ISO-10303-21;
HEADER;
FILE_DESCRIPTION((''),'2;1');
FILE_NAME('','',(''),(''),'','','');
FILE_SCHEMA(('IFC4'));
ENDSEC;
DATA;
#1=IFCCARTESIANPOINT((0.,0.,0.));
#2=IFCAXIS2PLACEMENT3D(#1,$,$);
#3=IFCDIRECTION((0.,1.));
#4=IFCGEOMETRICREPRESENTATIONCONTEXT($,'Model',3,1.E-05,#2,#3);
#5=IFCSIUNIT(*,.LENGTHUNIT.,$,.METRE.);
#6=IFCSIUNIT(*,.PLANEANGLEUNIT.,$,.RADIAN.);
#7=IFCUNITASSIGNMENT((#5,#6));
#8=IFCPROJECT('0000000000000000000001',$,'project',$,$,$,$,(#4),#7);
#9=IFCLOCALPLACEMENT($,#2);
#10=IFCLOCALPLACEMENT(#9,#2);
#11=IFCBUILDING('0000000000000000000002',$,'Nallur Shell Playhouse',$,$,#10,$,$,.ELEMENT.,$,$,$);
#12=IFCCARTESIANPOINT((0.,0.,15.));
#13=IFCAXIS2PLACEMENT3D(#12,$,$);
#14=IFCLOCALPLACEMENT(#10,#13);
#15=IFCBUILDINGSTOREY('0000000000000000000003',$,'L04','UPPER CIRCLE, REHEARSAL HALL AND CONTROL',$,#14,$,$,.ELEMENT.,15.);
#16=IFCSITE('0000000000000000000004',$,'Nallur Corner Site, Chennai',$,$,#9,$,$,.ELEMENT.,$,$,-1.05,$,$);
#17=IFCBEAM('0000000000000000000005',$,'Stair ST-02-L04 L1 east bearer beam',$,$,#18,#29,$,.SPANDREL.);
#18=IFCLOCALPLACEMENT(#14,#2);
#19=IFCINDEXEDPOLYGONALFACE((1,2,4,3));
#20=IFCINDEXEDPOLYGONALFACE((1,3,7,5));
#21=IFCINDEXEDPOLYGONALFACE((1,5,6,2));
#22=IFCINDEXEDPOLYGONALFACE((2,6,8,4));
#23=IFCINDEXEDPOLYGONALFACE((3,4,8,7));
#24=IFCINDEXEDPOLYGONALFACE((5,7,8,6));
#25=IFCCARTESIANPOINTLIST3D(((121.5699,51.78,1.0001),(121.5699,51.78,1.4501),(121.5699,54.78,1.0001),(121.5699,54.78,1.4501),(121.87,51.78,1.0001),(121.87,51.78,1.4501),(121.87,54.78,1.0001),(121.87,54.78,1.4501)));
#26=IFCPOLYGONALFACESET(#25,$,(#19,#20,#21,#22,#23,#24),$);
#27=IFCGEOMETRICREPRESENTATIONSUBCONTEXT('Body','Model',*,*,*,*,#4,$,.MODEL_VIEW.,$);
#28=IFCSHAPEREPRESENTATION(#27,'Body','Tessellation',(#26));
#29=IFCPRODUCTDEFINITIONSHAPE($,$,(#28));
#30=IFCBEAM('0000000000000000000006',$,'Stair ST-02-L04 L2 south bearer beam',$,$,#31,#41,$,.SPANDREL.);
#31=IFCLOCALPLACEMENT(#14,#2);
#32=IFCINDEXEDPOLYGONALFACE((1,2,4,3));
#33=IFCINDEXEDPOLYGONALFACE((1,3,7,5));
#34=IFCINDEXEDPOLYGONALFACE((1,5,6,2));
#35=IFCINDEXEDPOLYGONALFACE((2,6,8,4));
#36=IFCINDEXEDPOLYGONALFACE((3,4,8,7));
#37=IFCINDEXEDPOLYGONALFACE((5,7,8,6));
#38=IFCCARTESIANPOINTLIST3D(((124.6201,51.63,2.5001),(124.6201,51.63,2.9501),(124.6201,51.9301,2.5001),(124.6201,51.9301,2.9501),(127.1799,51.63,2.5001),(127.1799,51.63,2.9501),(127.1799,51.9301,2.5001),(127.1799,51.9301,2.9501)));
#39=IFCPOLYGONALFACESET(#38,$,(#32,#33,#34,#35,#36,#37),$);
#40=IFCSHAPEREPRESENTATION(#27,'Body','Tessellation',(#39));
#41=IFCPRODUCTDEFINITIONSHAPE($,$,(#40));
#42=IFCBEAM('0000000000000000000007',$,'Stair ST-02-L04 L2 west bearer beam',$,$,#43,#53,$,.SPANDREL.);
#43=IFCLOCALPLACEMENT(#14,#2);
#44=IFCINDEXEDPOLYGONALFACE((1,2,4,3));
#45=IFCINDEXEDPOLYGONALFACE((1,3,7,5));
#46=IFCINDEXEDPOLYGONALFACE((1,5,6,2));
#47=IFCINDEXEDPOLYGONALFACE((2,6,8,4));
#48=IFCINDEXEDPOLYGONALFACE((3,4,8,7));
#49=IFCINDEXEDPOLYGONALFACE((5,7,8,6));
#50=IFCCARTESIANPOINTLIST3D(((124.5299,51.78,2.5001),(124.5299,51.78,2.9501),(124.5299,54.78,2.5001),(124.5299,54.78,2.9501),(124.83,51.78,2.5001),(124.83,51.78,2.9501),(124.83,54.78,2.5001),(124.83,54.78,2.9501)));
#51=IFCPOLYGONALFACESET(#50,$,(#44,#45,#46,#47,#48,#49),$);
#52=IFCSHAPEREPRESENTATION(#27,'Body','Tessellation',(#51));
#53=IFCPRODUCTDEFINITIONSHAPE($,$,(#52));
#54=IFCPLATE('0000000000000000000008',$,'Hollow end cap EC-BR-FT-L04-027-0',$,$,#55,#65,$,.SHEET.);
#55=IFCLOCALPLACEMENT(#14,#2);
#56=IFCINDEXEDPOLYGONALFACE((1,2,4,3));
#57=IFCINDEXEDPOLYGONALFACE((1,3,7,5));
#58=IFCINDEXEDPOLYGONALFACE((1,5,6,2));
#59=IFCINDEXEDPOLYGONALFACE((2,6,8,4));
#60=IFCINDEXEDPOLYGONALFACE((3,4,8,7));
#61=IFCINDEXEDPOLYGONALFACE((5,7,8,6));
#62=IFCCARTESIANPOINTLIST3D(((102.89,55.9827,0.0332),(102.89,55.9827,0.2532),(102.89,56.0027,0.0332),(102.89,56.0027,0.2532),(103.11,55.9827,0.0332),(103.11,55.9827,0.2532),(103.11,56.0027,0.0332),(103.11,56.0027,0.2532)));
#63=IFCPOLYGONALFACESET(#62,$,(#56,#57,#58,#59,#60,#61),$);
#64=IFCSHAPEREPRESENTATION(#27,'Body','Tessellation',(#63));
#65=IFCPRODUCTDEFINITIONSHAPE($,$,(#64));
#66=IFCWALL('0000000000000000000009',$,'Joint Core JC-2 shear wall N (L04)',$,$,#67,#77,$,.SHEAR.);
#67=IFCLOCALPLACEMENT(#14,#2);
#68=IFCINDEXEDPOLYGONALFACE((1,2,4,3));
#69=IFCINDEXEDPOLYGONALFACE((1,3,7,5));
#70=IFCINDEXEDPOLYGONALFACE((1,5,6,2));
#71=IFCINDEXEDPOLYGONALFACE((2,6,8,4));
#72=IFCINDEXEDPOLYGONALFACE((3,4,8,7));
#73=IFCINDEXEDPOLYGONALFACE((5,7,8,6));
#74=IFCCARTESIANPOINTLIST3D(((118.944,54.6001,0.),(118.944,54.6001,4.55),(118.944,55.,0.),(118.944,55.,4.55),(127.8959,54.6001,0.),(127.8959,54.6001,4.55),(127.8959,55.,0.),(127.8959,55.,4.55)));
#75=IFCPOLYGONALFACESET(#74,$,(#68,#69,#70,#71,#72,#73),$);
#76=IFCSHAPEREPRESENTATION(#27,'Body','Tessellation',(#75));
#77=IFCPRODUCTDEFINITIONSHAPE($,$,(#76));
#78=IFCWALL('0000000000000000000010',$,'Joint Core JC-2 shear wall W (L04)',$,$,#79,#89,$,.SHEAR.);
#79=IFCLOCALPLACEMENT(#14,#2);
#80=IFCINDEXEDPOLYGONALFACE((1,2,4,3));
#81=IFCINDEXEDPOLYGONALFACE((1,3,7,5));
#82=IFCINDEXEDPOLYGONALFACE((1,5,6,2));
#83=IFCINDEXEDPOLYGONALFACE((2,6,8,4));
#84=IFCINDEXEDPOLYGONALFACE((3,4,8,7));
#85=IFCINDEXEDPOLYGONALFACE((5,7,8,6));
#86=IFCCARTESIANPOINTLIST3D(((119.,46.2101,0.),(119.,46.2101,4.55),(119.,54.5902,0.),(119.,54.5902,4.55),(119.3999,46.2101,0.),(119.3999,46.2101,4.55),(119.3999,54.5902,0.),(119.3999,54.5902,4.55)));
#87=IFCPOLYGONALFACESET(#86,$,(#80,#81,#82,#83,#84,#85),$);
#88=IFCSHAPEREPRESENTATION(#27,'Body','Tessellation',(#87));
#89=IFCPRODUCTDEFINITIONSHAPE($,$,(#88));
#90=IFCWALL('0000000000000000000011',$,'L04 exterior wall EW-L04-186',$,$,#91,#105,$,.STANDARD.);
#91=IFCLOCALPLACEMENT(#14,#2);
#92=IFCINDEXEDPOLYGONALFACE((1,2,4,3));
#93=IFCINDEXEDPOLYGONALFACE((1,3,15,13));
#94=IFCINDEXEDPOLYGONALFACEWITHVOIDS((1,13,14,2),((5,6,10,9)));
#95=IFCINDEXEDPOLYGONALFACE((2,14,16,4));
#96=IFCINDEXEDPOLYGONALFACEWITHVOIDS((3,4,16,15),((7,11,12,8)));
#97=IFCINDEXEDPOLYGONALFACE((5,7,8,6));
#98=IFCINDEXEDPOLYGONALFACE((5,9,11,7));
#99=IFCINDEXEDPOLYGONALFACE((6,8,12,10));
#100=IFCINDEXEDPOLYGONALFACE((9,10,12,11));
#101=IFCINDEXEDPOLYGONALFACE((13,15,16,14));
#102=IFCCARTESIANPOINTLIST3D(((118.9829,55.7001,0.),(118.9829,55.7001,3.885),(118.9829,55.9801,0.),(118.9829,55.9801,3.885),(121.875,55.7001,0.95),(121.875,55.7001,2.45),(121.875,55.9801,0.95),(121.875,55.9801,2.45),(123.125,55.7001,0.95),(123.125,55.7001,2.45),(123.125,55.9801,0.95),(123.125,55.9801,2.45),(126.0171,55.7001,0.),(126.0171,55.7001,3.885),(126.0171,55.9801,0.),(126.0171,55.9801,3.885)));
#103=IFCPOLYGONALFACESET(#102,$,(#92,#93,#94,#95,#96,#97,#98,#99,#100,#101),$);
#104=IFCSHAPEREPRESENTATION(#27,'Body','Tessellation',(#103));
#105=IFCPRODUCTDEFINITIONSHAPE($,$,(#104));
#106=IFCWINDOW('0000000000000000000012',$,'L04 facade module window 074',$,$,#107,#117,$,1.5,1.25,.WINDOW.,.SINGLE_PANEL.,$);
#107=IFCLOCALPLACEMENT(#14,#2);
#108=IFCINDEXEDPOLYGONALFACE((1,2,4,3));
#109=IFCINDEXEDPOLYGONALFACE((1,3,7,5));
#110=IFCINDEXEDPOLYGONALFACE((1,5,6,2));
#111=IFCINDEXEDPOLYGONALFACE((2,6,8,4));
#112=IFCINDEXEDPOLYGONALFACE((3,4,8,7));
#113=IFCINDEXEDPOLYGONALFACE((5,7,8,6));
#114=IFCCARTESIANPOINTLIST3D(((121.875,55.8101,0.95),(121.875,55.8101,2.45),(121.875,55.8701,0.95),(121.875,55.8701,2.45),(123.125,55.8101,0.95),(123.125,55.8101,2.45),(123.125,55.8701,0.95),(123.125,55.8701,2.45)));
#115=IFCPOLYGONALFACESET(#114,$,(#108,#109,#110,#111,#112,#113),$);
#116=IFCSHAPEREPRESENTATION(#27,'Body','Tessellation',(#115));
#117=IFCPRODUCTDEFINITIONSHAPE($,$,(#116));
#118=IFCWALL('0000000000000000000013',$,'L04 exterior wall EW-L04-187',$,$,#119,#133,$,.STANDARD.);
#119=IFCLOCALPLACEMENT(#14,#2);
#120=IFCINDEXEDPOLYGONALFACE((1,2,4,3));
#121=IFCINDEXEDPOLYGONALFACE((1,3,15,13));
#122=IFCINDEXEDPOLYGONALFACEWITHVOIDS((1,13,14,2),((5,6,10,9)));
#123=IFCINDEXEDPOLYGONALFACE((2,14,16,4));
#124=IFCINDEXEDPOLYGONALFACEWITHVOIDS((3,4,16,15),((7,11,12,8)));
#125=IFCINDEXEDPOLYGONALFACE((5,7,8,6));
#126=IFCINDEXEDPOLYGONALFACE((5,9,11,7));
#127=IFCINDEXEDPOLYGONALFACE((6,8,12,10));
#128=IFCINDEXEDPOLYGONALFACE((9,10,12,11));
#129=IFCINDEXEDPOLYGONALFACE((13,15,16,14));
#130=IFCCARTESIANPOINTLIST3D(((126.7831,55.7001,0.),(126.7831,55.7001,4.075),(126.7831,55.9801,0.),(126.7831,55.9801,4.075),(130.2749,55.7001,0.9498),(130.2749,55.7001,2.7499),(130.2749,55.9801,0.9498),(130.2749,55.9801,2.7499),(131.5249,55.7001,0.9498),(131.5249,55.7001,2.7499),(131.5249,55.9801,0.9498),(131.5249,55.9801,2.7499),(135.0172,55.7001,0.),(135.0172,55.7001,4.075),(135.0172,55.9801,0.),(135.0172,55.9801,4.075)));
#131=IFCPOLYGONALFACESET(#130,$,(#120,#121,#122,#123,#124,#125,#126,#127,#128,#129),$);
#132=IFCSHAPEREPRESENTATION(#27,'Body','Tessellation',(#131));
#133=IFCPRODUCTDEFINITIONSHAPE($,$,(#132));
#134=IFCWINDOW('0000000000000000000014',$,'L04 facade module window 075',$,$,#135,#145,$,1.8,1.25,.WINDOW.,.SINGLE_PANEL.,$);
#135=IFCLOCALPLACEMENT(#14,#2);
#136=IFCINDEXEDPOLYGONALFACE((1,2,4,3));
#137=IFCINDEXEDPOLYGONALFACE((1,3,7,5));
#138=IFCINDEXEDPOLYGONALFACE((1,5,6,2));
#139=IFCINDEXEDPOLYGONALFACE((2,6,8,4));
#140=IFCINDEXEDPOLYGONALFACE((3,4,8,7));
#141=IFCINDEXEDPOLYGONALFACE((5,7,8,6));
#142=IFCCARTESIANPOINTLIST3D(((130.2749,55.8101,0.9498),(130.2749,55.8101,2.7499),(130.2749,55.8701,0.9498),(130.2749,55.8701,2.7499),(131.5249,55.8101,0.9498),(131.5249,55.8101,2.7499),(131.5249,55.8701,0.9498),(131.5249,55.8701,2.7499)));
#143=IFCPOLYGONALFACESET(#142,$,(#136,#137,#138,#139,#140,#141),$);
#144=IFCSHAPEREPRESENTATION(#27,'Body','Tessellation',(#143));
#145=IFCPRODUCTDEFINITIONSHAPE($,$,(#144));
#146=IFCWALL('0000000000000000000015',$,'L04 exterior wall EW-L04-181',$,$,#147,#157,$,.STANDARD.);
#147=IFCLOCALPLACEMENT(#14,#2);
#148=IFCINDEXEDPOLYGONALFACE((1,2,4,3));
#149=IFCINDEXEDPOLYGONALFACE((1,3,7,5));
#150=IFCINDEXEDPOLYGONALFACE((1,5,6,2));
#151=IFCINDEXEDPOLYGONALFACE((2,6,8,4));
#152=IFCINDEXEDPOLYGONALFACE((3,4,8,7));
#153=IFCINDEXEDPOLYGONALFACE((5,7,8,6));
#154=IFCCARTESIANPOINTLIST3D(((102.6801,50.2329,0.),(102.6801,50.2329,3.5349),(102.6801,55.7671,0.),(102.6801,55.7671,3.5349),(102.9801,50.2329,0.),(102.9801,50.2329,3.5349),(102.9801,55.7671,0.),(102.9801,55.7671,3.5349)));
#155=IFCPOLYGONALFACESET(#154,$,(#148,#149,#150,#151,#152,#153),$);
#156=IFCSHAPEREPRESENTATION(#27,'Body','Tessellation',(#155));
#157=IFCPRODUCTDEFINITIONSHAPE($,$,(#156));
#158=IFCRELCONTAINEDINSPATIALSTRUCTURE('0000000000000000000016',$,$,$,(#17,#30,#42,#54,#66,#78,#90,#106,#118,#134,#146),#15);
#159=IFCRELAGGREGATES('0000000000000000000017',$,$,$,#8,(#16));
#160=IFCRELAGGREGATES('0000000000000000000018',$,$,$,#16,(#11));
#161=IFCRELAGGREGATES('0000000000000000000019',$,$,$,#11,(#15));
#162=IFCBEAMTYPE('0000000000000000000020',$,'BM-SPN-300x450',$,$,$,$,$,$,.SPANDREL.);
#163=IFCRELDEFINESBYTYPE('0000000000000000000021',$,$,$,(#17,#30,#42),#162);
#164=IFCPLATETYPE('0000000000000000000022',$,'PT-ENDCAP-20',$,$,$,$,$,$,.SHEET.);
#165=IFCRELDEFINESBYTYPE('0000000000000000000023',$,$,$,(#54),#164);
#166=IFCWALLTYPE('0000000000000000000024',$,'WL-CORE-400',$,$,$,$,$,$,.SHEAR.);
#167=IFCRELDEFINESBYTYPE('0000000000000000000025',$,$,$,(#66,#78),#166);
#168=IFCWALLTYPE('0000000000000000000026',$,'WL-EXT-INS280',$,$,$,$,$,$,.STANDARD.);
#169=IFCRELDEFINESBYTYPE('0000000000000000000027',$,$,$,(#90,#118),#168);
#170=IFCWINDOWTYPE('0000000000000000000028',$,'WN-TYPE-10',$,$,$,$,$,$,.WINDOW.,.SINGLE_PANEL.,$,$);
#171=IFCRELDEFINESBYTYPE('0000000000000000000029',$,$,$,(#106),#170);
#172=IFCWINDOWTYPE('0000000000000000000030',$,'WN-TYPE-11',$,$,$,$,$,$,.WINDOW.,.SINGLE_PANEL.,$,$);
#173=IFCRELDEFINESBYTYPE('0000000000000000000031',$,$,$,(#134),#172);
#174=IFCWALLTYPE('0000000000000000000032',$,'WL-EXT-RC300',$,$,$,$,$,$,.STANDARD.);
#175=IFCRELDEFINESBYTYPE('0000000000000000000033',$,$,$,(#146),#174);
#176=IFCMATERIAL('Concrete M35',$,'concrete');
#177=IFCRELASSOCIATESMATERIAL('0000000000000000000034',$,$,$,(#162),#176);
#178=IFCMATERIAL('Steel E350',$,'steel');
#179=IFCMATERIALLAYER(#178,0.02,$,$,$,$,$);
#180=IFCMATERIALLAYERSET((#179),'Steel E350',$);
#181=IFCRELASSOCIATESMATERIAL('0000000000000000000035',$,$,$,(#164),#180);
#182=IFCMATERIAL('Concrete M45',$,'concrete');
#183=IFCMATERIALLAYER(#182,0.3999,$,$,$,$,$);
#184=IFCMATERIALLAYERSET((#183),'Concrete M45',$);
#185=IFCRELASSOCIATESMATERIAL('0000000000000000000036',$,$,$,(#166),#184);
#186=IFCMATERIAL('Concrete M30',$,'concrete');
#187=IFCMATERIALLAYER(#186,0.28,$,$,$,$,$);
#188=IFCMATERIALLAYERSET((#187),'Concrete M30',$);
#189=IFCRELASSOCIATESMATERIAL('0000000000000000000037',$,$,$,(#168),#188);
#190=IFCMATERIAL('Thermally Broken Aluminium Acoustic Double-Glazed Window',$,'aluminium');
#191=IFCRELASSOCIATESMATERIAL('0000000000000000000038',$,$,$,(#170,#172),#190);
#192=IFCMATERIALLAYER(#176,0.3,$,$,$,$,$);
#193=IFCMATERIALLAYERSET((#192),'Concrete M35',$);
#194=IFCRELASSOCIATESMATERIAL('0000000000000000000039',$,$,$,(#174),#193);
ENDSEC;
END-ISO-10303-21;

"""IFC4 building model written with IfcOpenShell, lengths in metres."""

from ifc_helpers import new_model, si_unit, direction, frame, frame_2d, origin, origin_2d, place, context, subcontext, project, spatial, rectangle, extrude, material, layer, layer_set, material_profile, profile_set, type_object, element, fill, save


model = new_model("IFC4")

# Units and contexts
model_context = context("Model", 3, precision=1e-05, world=origin(), true_north=direction((0.0, 1.0)))
body_context = subcontext(model_context, "Body", "Model", "MODEL_VIEW")
ifc_project = project(units=[si_unit("LENGTHUNIT", "METRE"), si_unit("PLANEANGLEUNIT", "RADIAN")], contexts=[model_context])

# Site, building, storey
site_placement = place(None, origin())
site = spatial("IfcSite", under=ifc_project, at=site_placement, Name="Nallur Corner Site, Chennai", CompositionType="ELEMENT", RefElevation=-1.05)
building_placement = place(site_placement, origin())
building = spatial("IfcBuilding", under=site, at=building_placement, Name="Nallur Shell Playhouse", CompositionType="ELEMENT")
storey_placement = place(building_placement, frame((0.0, 0.0, 15.0)))
storey = spatial("IfcBuildingStorey", under=building, at=storey_placement, Name="L04", Description="UPPER CIRCLE, REHEARSAL HALL AND CONTROL", CompositionType="ELEMENT", Elevation=15.0)

# Shared definitions
ifc_material_1 = material(Name="Steel E350", Category="steel")

# Beams
ifc_material_2 = material(Name="Concrete M35", Category="concrete")
ifc_material_profile_1 = material_profile(ifc_material_2, rectangle(XDim=0.3, YDim=0.45, at=origin_2d()), Name="RC 300x450")
ifc_profile_set_1 = profile_set([ifc_material_profile_1], Name="Concrete M35")
beam_type_1 = type_object("IfcBeamType", Name="BM-SPN-300x450", PredefinedType="SPANDREL", material=ifc_profile_set_1)
beam_1_placement = place(storey_placement, frame((121.72, 51.78, 1.2251), z_axis=(0.0, 1.0, 0.0), x_axis=(-1.0, 0.0, 0.0)))
element("IfcBeam", 1, at=beam_1_placement, inside=storey, type_object=beam_type_1, Name="Stair ST-02-L04 L1 east bearer beam", PredefinedType="SPANDREL", context=body_context, shape_type="SweptSolid", body=[
    extrude(rectangle(XDim=0.3, YDim=0.45, at=origin_2d()), origin(), (0.0, 0.0, 1.0), 3.0),
])
beam_2_placement = place(storey_placement, frame((124.6201, 51.78, 2.7251), z_axis=(1.0, 0.0, 0.0), x_axis=(0.0, 1.0, 0.0)))
element("IfcBeam", 2, at=beam_2_placement, inside=storey, type_object=beam_type_1, Name="Stair ST-02-L04 L2 south bearer beam", PredefinedType="SPANDREL", context=body_context, shape_type="SweptSolid", body=[
    extrude(rectangle(XDim=0.3, YDim=0.45, at=origin_2d()), origin(), (0.0, 0.0, 1.0), 2.5598),
])
beam_3_placement = place(storey_placement, frame((124.6799, 51.78, 2.7251), z_axis=(0.0, 1.0, 0.0), x_axis=(-1.0, 0.0, 0.0)))
element("IfcBeam", 3, at=beam_3_placement, inside=storey, type_object=beam_type_1, Name="Stair ST-02-L04 L2 west bearer beam", PredefinedType="SPANDREL", context=body_context, shape_type="SweptSolid", body=[
    extrude(rectangle(XDim=0.3, YDim=0.45, at=origin_2d()), origin(), (0.0, 0.0, 1.0), 3.0),
])

# Plate
ifc_layer_1 = layer(ifc_material_1, 0.02)
ifc_layer_set_1 = layer_set([ifc_layer_1], Name="Steel E350")
plate_type = type_object("IfcPlateType", Name="PT-ENDCAP-20", PredefinedType="SHEET", material=ifc_layer_set_1)
plate_placement = place(storey_placement, frame((103.0, 55.9927, 0.0332), z_axis=(0.0, 0.0, 1.0), x_axis=(1.0, 0.0, 0.0)))
element("IfcPlate", 4, at=plate_placement, inside=storey, type_object=plate_type, Name="Hollow end cap EC-BR-FT-L04-027-0", PredefinedType="SHEET", context=body_context, shape_type="SweptSolid", body=[
    extrude(rectangle(XDim=0.22, YDim=0.02, at=origin_2d()), origin(), (0.0, 0.0, 1.0), 0.22),
])

# Walls
ifc_material_3 = material(Name="Concrete M45", Category="concrete")
ifc_layer_2 = layer(ifc_material_3, 0.3999)
ifc_layer_set_2 = layer_set([ifc_layer_2], Name="Concrete M45")
wall_type_1 = type_object("IfcWallType", Name="WL-CORE-400", PredefinedType="SHEAR", material=ifc_layer_set_2)
wall_1_placement = place(storey_placement, frame((127.896, 54.8, 0.0), z_axis=(0.0, 0.0, 1.0), x_axis=(-1.0, 0.0, 0.0)))
element("IfcWall", 5, at=wall_1_placement, inside=storey, type_object=wall_type_1, Name="Joint Core JC-2 shear wall N (L04)", PredefinedType="SHEAR", context=body_context, shape_type="SweptSolid", body=[
    extrude(rectangle(XDim=8.9519, YDim=0.3999, at=frame_2d((4.4761, 0.0))), origin(), (0.0, 0.0, 1.0), 4.55),
])
wall_2_placement = place(storey_placement, frame((119.2, 54.5901, 0.0), z_axis=(0.0, 0.0, 1.0), x_axis=(0.0, -1.0, 0.0)))
element("IfcWall", 6, at=wall_2_placement, inside=storey, type_object=wall_type_1, Name="Joint Core JC-2 shear wall W (L04)", PredefinedType="SHEAR", context=body_context, shape_type="SweptSolid", body=[
    extrude(rectangle(XDim=8.3801, YDim=0.3999, at=frame_2d((4.1899, 0.0))), origin(), (0.0, 0.0, 1.0), 4.55),
])

# Walls, openings, windows
ifc_material_4 = material(Name="Concrete M30", Category="concrete")
ifc_layer_3 = layer(ifc_material_4, 0.28)
ifc_layer_set_3 = layer_set([ifc_layer_3], Name="Concrete M30")
wall_type_2 = type_object("IfcWallType", Name="WL-EXT-INS280", PredefinedType="STANDARD", material=ifc_layer_set_3)
wall_3_placement = place(storey_placement, frame((118.9829, 55.8401, 0.0), z_axis=(0.0, 0.0, 1.0), x_axis=(1.0, 0.0, 0.0)))
wall_3 = element("IfcWall", 7, at=wall_3_placement, inside=storey, type_object=wall_type_2, Name="L04 exterior wall EW-L04-186", PredefinedType="STANDARD", context=body_context, shape_type="SweptSolid", body=[
    extrude(rectangle(XDim=7.0342, YDim=0.28, at=frame_2d((3.5171, 0.0))), origin(), (0.0, 0.0, 1.0), 3.885),
])
opening_1_placement = place(wall_3_placement, frame((2.8921, 0.0, 0.95)))
opening_1 = element("IfcOpeningElement", 8, at=opening_1_placement, cuts=wall_3, PredefinedType="OPENING", context=body_context, shape_type="SweptSolid", body=[
    extrude(rectangle(XDim=1.25, YDim=1.5, at=frame_2d((0.625, 0.75))), frame((0.0, 0.1499, 0.0), z_axis=(0.0, -1.0, 0.0), x_axis=(1.0, 0.0, 0.0)), (0.0, 0.0, 1.0), 0.3),
])
ifc_material_5 = material(Name="Thermally Broken Aluminium Acoustic Double-Glazed Window", Category="aluminium")
window_type_1 = type_object("IfcWindowType", Name="WN-TYPE-10", PartitioningType="SINGLE_PANEL", PredefinedType="WINDOW", material=ifc_material_5)
window_1_placement = place(opening_1_placement, origin())
window_1 = element("IfcWindow", 9, at=window_1_placement, inside=storey, type_object=window_type_1, Name="L04 facade module window 074", OverallHeight=1.5, OverallWidth=1.25, PartitioningType="SINGLE_PANEL", PredefinedType="WINDOW", context=body_context, shape_type="SweptSolid", body=[
    extrude(rectangle(XDim=1.25, YDim=1.5, at=frame_2d((0.625, 0.75))), frame((0.0, 0.03, 0.0), z_axis=(0.0, -1.0, 0.0), x_axis=(1.0, 0.0, 0.0)), (0.0, 0.0, 1.0), 0.0601),
])
fill(opening_1, window_1)
wall_4_placement = place(storey_placement, frame((126.783, 55.8401, 0.0), z_axis=(0.0, 0.0, 1.0), x_axis=(1.0, 0.0, 0.0)))
wall_4 = element("IfcWall", 10, at=wall_4_placement, inside=storey, type_object=wall_type_2, Name="L04 exterior wall EW-L04-187", PredefinedType="STANDARD", context=body_context, shape_type="SweptSolid", body=[
    extrude(rectangle(XDim=8.2341, YDim=0.28, at=frame_2d((4.1172, 0.0))), origin(), (0.0, 0.0, 1.0), 4.075),
])
opening_2_placement = place(wall_4_placement, frame((3.4919, 0.0, 0.95)))
opening_2 = element("IfcOpeningElement", 11, at=opening_2_placement, cuts=wall_4, PredefinedType="OPENING", context=body_context, shape_type="SweptSolid", body=[
    extrude(rectangle(XDim=1.25, YDim=1.8, at=frame_2d((0.625, 0.8999))), frame((0.0, 0.1499, 0.0), z_axis=(0.0, -1.0, 0.0), x_axis=(1.0, 0.0, 0.0)), (0.0, 0.0, 1.0), 0.3),
])
window_type_2 = type_object("IfcWindowType", Name="WN-TYPE-11", PartitioningType="SINGLE_PANEL", PredefinedType="WINDOW", material=ifc_material_5)
window_2_placement = place(opening_2_placement, origin())
window_2 = element("IfcWindow", 12, at=window_2_placement, inside=storey, type_object=window_type_2, Name="L04 facade module window 075", OverallHeight=1.8, OverallWidth=1.25, PartitioningType="SINGLE_PANEL", PredefinedType="WINDOW", context=body_context, shape_type="SweptSolid", body=[
    extrude(rectangle(XDim=1.25, YDim=1.8, at=frame_2d((0.625, 0.8999))), frame((0.0, 0.03, 0.0), z_axis=(0.0, -1.0, 0.0), x_axis=(1.0, 0.0, 0.0)), (0.0, 0.0, 1.0), 0.0601),
])
fill(opening_2, window_2)

# Wall
ifc_layer_4 = layer(ifc_material_2, 0.3)
ifc_layer_set_4 = layer_set([ifc_layer_4], Name="Concrete M35")
wall_type_3 = type_object("IfcWallType", Name="WL-EXT-RC300", PredefinedType="STANDARD", material=ifc_layer_set_4)
wall_5_placement = place(storey_placement, frame((102.8301, 55.7671, 0.0), z_axis=(0.0, 0.0, 1.0), x_axis=(0.0, -1.0, 0.0)))
element("IfcWall", 13, at=wall_5_placement, inside=storey, type_object=wall_type_3, Name="L04 exterior wall EW-L04-181", PredefinedType="STANDARD", context=body_context, shape_type="SweptSolid", body=[
    extrude(rectangle(XDim=5.5342, YDim=0.3, at=frame_2d((2.7671, 0.0))), origin(), (0.0, 0.0, 1.0), 3.5349),
])

save(model, "model.ifc")
